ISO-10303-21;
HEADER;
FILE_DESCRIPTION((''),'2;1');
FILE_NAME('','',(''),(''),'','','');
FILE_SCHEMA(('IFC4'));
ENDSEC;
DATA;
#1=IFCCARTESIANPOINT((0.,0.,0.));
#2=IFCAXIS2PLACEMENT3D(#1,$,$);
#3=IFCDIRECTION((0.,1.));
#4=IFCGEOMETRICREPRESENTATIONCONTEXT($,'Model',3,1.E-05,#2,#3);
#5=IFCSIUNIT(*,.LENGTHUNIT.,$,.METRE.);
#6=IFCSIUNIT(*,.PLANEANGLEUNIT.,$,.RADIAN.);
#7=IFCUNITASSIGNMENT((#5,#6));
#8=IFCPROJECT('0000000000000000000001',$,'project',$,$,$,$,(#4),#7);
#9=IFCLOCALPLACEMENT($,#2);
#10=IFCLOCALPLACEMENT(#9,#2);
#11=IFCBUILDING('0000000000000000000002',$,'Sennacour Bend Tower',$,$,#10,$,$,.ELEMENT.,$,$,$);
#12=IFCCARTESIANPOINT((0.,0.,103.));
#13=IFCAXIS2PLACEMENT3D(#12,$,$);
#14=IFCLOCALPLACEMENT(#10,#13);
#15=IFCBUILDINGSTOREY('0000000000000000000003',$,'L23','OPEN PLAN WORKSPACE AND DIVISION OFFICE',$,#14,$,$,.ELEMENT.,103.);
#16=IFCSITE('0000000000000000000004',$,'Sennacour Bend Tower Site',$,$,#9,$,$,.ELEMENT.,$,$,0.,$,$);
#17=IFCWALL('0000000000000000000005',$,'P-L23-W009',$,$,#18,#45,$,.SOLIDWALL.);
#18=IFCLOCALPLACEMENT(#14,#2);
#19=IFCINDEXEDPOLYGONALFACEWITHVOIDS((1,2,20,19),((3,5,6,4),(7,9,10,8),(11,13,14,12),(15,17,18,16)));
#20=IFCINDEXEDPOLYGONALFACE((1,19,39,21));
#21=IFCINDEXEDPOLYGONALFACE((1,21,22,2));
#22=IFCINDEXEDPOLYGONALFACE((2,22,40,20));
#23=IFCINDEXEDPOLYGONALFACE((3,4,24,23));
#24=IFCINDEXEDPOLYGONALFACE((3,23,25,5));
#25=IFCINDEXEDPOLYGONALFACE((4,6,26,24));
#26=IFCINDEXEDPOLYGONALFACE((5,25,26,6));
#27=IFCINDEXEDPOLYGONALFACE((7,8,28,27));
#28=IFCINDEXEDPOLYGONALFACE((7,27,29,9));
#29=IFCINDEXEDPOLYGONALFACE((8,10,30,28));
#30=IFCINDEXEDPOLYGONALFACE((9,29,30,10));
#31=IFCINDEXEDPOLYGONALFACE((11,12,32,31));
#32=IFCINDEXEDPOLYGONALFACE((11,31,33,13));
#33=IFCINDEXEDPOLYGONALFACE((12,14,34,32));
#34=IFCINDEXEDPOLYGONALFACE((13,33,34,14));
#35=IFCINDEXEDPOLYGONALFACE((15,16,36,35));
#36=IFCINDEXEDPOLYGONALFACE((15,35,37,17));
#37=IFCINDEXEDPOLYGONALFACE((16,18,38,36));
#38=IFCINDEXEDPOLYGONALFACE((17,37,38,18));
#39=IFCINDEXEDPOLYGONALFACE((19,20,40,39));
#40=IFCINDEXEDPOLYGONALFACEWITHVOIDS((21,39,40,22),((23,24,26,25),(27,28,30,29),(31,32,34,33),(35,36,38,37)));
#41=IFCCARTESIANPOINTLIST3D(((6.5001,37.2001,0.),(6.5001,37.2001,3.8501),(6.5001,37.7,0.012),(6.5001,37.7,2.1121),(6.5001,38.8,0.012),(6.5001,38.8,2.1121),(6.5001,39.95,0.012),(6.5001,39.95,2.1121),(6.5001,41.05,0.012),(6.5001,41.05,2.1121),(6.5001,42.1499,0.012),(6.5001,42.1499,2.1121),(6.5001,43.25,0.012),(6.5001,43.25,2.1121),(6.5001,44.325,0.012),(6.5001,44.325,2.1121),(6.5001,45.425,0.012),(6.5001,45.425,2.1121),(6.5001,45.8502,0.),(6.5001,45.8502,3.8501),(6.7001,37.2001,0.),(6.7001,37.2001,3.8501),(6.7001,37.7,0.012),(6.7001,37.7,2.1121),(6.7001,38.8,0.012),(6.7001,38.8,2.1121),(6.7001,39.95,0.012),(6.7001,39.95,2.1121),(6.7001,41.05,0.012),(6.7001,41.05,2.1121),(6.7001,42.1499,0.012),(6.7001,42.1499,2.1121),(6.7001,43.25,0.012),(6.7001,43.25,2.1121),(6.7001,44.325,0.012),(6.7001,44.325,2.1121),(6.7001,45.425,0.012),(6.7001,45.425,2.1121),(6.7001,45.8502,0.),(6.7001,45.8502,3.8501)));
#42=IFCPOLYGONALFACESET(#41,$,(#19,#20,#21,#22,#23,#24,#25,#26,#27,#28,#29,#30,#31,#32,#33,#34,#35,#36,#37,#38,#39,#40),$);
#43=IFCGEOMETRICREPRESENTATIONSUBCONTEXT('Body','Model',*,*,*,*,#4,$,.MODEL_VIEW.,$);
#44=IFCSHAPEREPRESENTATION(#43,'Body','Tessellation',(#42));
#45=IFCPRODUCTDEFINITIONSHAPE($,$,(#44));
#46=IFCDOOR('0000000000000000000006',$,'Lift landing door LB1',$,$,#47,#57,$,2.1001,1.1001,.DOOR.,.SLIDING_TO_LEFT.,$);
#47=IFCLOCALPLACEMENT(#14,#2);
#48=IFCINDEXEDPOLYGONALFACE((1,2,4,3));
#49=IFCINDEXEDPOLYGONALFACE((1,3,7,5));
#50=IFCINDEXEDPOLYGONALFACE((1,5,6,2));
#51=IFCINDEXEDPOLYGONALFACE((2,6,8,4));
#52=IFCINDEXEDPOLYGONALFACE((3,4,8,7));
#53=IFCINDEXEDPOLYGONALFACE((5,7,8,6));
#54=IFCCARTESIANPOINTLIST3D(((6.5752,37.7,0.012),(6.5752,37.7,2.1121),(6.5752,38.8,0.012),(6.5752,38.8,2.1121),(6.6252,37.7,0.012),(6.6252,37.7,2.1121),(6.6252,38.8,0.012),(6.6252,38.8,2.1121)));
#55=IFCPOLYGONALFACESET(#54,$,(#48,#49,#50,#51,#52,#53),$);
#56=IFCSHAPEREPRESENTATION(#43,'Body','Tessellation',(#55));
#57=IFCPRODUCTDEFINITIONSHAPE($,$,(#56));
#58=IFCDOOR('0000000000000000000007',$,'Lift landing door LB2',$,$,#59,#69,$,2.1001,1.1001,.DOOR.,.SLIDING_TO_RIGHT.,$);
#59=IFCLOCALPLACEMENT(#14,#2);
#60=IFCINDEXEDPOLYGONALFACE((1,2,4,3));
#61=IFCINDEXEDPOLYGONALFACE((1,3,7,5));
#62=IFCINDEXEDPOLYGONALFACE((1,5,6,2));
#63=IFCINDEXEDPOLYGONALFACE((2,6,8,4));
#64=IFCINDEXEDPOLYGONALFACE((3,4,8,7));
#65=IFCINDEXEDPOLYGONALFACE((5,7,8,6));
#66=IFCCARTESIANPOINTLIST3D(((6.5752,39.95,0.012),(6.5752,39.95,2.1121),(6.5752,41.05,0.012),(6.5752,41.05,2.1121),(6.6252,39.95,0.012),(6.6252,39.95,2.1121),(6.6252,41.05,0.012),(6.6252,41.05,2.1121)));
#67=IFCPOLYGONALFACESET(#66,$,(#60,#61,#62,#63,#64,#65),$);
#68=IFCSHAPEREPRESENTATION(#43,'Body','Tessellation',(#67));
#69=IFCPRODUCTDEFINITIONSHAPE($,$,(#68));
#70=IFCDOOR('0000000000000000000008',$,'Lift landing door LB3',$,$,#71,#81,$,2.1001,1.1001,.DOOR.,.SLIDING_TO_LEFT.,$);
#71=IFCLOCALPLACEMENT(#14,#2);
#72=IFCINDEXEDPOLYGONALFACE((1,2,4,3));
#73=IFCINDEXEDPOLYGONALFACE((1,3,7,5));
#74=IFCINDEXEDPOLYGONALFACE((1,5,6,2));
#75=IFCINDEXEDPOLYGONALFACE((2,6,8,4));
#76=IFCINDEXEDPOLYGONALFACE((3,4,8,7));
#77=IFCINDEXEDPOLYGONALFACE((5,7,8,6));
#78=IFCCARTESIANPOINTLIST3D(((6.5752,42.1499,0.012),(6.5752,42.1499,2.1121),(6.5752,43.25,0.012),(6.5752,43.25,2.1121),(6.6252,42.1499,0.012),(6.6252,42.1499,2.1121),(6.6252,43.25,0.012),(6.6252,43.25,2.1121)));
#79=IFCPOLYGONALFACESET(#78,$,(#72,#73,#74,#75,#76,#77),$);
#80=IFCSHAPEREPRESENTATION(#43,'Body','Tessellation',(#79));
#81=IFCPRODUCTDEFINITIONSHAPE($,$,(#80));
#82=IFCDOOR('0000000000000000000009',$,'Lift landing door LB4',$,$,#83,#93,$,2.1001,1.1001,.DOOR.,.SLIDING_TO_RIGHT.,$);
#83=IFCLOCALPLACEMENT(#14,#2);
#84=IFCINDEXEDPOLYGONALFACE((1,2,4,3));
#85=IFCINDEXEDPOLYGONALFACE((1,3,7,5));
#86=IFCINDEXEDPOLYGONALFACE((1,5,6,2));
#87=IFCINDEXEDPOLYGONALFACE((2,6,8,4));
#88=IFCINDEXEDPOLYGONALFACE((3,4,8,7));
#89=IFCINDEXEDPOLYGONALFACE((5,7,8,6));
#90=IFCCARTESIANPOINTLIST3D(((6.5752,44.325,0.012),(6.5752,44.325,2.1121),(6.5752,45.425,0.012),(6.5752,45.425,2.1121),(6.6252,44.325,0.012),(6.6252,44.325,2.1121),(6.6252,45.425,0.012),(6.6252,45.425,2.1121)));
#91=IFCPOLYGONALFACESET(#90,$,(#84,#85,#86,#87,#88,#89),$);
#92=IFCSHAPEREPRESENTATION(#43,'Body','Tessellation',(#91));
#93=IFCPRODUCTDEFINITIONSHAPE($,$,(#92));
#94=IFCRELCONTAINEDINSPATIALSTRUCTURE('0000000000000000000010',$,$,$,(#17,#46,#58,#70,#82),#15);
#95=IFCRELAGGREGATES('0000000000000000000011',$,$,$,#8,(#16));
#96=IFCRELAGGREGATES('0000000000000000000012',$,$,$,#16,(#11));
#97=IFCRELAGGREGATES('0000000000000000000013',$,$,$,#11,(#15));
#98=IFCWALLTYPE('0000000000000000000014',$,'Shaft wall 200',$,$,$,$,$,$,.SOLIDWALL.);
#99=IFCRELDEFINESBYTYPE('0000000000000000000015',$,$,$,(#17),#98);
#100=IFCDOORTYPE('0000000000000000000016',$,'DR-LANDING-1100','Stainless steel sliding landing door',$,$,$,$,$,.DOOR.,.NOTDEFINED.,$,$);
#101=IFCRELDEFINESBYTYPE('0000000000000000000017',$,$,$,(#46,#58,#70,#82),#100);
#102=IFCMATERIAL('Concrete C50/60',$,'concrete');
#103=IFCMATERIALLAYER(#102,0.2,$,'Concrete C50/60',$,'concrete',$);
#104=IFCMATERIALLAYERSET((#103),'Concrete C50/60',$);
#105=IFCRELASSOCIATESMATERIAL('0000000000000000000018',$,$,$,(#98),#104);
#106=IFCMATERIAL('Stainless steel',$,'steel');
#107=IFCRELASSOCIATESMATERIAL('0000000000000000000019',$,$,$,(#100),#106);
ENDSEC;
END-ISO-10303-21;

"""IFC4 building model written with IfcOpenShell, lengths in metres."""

from ifc_helpers import new_model, si_unit, direction, frame, frame_2d, origin, place, context, subcontext, project, spatial, rectangle, extrude, material, layer, layer_set, type_object, element, fill, save


model = new_model("IFC4")

# Units and contexts
model_context = context("Model", 3, precision=1e-05, world=origin(), true_north=direction((0.0, 1.0)))
body_context = subcontext(model_context, "Body", "Model", "MODEL_VIEW")
ifc_project = project(units=[si_unit("LENGTHUNIT", "METRE"), si_unit("PLANEANGLEUNIT", "RADIAN")], contexts=[model_context])

# Site, building, storey
site_placement = place(None, origin())
site = spatial("IfcSite", under=ifc_project, at=site_placement, Name="Sennacour Bend Tower Site", CompositionType="ELEMENT", RefElevation=0.0)
building_placement = place(site_placement, origin())
building = spatial("IfcBuilding", under=site, at=building_placement, Name="Sennacour Bend Tower", CompositionType="ELEMENT")
storey_placement = place(building_placement, frame((0.0, 0.0, 103.0)))
storey = spatial("IfcBuildingStorey", under=building, at=storey_placement, Name="L23", Description="OPEN PLAN WORKSPACE AND DIVISION OFFICE", CompositionType="ELEMENT", Elevation=103.0)

# Wall, openings, doors
ifc_material_1 = material(Name="Concrete C50/60", Category="concrete")
ifc_layer_1 = layer(ifc_material_1, 0.2, Name="Concrete C50/60", Category="concrete")
ifc_layer_set_1 = layer_set([ifc_layer_1], Name="Concrete C50/60")
wall_type_1 = type_object("IfcWallType", Name="Shaft wall 200", PredefinedType="SOLIDWALL", material=ifc_layer_set_1)
wall_1_placement = place(storey_placement, frame((6.6001, 37.2, 0.0), z_axis=(0.0, 0.0, 1.0), x_axis=(0.0, 1.0, 0.0)))
wall_1 = element("IfcWall", 1, at=wall_1_placement, inside=storey, type_object=wall_type_1, Name="P-L23-W009", PredefinedType="SOLIDWALL", context=body_context, shape_type="SweptSolid", body=[
    extrude(rectangle(XDim=8.6501, YDim=0.2, at=frame_2d((4.3252, 0.0))), origin(), (0.0, 0.0, 1.0), 3.8501),
])
opening_1_placement = place(wall_1_placement, frame((0.5, 0.0, 0.012)))
opening_1 = element("IfcOpeningElement", 2, at=opening_1_placement, cuts=wall_1, PredefinedType="OPENING", context=body_context, shape_type="SweptSolid", body=[
    extrude(rectangle(XDim=1.1001, YDim=2.1001, at=frame_2d((0.55, 1.05))), frame((0.0, 0.1099, 0.0), z_axis=(0.0, -1.0, 0.0), x_axis=(1.0, 0.0, 0.0)), (0.0, 0.0, 1.0), 0.22),
])
opening_2_placement = place(wall_1_placement, frame((2.75, 0.0, 0.012)))
opening_2 = element("IfcOpeningElement", 3, at=opening_2_placement, cuts=wall_1, PredefinedType="OPENING", context=body_context, shape_type="SweptSolid", body=[
    extrude(rectangle(XDim=1.1001, YDim=2.1001, at=frame_2d((0.55, 1.05))), frame((0.0, 0.1099, 0.0), z_axis=(0.0, -1.0, 0.0), x_axis=(1.0, 0.0, 0.0)), (0.0, 0.0, 1.0), 0.22),
])
opening_3_placement = place(wall_1_placement, frame((4.95, 0.0, 0.012)))
opening_3 = element("IfcOpeningElement", 4, at=opening_3_placement, cuts=wall_1, PredefinedType="OPENING", context=body_context, shape_type="SweptSolid", body=[
    extrude(rectangle(XDim=1.1001, YDim=2.1001, at=frame_2d((0.55, 1.05))), frame((0.0, 0.1099, 0.0), z_axis=(0.0, -1.0, 0.0), x_axis=(1.0, 0.0, 0.0)), (0.0, 0.0, 1.0), 0.22),
])
opening_4_placement = place(wall_1_placement, frame((7.125, 0.0, 0.012)))
opening_4 = element("IfcOpeningElement", 5, at=opening_4_placement, cuts=wall_1, PredefinedType="OPENING", context=body_context, shape_type="SweptSolid", body=[
    extrude(rectangle(XDim=1.1001, YDim=2.1001, at=frame_2d((0.55, 1.05))), frame((0.0, 0.1099, 0.0), z_axis=(0.0, -1.0, 0.0), x_axis=(1.0, 0.0, 0.0)), (0.0, 0.0, 1.0), 0.22),
])
ifc_material_2 = material(Name="Stainless steel", Category="steel")
door_type_1 = type_object("IfcDoorType", Name="DR-LANDING-1100", Description="Stainless steel sliding landing door", OperationType="NOTDEFINED", PredefinedType="DOOR", material=ifc_material_2)
door_1_placement = place(opening_1_placement, origin())
door_1 = element("IfcDoor", 6, at=door_1_placement, inside=storey, type_object=door_type_1, Name="Lift landing door LB1", OperationType="SLIDING_TO_LEFT", OverallHeight=2.1001, OverallWidth=1.1001, PredefinedType="DOOR", context=body_context, shape_type="SweptSolid", body=[
    extrude(rectangle(XDim=1.1001, YDim=2.1001, at=frame_2d((0.55, 1.05))), frame((0.0, 0.0249, 0.0), z_axis=(0.0, -1.0, 0.0), x_axis=(1.0, 0.0, 0.0)), (0.0, 0.0, 1.0), 0.05),
])
fill(opening_1, door_1)
door_2_placement = place(opening_2_placement, origin())
door_2 = element("IfcDoor", 7, at=door_2_placement, inside=storey, type_object=door_type_1, Name="Lift landing door LB2", OperationType="SLIDING_TO_RIGHT", OverallHeight=2.1001, OverallWidth=1.1001, PredefinedType="DOOR", context=body_context, shape_type="SweptSolid", body=[
    extrude(rectangle(XDim=1.1001, YDim=2.1001, at=frame_2d((0.55, 1.05))), frame((0.0, 0.0249, 0.0), z_axis=(0.0, -1.0, 0.0), x_axis=(1.0, 0.0, 0.0)), (0.0, 0.0, 1.0), 0.05),
])
fill(opening_2, door_2)
door_3_placement = place(opening_3_placement, origin())
door_3 = element("IfcDoor", 8, at=door_3_placement, inside=storey, type_object=door_type_1, Name="Lift landing door LB3", OperationType="SLIDING_TO_LEFT", OverallHeight=2.1001, OverallWidth=1.1001, PredefinedType="DOOR", context=body_context, shape_type="SweptSolid", body=[
    extrude(rectangle(XDim=1.1001, YDim=2.1001, at=frame_2d((0.55, 1.05))), frame((0.0, 0.0249, 0.0), z_axis=(0.0, -1.0, 0.0), x_axis=(1.0, 0.0, 0.0)), (0.0, 0.0, 1.0), 0.05),
])
fill(opening_3, door_3)
door_4_placement = place(opening_4_placement, origin())
door_4 = element("IfcDoor", 9, at=door_4_placement, inside=storey, type_object=door_type_1, Name="Lift landing door LB4", OperationType="SLIDING_TO_RIGHT", OverallHeight=2.1001, OverallWidth=1.1001, PredefinedType="DOOR", context=body_context, shape_type="SweptSolid", body=[
    extrude(rectangle(XDim=1.1001, YDim=2.1001, at=frame_2d((0.55, 1.05))), frame((0.0, 0.0249, 0.0), z_axis=(0.0, -1.0, 0.0), x_axis=(1.0, 0.0, 0.0)), (0.0, 0.0, 1.0), 0.05),
])
fill(opening_4, door_4)

save(model, "model.ifc")
